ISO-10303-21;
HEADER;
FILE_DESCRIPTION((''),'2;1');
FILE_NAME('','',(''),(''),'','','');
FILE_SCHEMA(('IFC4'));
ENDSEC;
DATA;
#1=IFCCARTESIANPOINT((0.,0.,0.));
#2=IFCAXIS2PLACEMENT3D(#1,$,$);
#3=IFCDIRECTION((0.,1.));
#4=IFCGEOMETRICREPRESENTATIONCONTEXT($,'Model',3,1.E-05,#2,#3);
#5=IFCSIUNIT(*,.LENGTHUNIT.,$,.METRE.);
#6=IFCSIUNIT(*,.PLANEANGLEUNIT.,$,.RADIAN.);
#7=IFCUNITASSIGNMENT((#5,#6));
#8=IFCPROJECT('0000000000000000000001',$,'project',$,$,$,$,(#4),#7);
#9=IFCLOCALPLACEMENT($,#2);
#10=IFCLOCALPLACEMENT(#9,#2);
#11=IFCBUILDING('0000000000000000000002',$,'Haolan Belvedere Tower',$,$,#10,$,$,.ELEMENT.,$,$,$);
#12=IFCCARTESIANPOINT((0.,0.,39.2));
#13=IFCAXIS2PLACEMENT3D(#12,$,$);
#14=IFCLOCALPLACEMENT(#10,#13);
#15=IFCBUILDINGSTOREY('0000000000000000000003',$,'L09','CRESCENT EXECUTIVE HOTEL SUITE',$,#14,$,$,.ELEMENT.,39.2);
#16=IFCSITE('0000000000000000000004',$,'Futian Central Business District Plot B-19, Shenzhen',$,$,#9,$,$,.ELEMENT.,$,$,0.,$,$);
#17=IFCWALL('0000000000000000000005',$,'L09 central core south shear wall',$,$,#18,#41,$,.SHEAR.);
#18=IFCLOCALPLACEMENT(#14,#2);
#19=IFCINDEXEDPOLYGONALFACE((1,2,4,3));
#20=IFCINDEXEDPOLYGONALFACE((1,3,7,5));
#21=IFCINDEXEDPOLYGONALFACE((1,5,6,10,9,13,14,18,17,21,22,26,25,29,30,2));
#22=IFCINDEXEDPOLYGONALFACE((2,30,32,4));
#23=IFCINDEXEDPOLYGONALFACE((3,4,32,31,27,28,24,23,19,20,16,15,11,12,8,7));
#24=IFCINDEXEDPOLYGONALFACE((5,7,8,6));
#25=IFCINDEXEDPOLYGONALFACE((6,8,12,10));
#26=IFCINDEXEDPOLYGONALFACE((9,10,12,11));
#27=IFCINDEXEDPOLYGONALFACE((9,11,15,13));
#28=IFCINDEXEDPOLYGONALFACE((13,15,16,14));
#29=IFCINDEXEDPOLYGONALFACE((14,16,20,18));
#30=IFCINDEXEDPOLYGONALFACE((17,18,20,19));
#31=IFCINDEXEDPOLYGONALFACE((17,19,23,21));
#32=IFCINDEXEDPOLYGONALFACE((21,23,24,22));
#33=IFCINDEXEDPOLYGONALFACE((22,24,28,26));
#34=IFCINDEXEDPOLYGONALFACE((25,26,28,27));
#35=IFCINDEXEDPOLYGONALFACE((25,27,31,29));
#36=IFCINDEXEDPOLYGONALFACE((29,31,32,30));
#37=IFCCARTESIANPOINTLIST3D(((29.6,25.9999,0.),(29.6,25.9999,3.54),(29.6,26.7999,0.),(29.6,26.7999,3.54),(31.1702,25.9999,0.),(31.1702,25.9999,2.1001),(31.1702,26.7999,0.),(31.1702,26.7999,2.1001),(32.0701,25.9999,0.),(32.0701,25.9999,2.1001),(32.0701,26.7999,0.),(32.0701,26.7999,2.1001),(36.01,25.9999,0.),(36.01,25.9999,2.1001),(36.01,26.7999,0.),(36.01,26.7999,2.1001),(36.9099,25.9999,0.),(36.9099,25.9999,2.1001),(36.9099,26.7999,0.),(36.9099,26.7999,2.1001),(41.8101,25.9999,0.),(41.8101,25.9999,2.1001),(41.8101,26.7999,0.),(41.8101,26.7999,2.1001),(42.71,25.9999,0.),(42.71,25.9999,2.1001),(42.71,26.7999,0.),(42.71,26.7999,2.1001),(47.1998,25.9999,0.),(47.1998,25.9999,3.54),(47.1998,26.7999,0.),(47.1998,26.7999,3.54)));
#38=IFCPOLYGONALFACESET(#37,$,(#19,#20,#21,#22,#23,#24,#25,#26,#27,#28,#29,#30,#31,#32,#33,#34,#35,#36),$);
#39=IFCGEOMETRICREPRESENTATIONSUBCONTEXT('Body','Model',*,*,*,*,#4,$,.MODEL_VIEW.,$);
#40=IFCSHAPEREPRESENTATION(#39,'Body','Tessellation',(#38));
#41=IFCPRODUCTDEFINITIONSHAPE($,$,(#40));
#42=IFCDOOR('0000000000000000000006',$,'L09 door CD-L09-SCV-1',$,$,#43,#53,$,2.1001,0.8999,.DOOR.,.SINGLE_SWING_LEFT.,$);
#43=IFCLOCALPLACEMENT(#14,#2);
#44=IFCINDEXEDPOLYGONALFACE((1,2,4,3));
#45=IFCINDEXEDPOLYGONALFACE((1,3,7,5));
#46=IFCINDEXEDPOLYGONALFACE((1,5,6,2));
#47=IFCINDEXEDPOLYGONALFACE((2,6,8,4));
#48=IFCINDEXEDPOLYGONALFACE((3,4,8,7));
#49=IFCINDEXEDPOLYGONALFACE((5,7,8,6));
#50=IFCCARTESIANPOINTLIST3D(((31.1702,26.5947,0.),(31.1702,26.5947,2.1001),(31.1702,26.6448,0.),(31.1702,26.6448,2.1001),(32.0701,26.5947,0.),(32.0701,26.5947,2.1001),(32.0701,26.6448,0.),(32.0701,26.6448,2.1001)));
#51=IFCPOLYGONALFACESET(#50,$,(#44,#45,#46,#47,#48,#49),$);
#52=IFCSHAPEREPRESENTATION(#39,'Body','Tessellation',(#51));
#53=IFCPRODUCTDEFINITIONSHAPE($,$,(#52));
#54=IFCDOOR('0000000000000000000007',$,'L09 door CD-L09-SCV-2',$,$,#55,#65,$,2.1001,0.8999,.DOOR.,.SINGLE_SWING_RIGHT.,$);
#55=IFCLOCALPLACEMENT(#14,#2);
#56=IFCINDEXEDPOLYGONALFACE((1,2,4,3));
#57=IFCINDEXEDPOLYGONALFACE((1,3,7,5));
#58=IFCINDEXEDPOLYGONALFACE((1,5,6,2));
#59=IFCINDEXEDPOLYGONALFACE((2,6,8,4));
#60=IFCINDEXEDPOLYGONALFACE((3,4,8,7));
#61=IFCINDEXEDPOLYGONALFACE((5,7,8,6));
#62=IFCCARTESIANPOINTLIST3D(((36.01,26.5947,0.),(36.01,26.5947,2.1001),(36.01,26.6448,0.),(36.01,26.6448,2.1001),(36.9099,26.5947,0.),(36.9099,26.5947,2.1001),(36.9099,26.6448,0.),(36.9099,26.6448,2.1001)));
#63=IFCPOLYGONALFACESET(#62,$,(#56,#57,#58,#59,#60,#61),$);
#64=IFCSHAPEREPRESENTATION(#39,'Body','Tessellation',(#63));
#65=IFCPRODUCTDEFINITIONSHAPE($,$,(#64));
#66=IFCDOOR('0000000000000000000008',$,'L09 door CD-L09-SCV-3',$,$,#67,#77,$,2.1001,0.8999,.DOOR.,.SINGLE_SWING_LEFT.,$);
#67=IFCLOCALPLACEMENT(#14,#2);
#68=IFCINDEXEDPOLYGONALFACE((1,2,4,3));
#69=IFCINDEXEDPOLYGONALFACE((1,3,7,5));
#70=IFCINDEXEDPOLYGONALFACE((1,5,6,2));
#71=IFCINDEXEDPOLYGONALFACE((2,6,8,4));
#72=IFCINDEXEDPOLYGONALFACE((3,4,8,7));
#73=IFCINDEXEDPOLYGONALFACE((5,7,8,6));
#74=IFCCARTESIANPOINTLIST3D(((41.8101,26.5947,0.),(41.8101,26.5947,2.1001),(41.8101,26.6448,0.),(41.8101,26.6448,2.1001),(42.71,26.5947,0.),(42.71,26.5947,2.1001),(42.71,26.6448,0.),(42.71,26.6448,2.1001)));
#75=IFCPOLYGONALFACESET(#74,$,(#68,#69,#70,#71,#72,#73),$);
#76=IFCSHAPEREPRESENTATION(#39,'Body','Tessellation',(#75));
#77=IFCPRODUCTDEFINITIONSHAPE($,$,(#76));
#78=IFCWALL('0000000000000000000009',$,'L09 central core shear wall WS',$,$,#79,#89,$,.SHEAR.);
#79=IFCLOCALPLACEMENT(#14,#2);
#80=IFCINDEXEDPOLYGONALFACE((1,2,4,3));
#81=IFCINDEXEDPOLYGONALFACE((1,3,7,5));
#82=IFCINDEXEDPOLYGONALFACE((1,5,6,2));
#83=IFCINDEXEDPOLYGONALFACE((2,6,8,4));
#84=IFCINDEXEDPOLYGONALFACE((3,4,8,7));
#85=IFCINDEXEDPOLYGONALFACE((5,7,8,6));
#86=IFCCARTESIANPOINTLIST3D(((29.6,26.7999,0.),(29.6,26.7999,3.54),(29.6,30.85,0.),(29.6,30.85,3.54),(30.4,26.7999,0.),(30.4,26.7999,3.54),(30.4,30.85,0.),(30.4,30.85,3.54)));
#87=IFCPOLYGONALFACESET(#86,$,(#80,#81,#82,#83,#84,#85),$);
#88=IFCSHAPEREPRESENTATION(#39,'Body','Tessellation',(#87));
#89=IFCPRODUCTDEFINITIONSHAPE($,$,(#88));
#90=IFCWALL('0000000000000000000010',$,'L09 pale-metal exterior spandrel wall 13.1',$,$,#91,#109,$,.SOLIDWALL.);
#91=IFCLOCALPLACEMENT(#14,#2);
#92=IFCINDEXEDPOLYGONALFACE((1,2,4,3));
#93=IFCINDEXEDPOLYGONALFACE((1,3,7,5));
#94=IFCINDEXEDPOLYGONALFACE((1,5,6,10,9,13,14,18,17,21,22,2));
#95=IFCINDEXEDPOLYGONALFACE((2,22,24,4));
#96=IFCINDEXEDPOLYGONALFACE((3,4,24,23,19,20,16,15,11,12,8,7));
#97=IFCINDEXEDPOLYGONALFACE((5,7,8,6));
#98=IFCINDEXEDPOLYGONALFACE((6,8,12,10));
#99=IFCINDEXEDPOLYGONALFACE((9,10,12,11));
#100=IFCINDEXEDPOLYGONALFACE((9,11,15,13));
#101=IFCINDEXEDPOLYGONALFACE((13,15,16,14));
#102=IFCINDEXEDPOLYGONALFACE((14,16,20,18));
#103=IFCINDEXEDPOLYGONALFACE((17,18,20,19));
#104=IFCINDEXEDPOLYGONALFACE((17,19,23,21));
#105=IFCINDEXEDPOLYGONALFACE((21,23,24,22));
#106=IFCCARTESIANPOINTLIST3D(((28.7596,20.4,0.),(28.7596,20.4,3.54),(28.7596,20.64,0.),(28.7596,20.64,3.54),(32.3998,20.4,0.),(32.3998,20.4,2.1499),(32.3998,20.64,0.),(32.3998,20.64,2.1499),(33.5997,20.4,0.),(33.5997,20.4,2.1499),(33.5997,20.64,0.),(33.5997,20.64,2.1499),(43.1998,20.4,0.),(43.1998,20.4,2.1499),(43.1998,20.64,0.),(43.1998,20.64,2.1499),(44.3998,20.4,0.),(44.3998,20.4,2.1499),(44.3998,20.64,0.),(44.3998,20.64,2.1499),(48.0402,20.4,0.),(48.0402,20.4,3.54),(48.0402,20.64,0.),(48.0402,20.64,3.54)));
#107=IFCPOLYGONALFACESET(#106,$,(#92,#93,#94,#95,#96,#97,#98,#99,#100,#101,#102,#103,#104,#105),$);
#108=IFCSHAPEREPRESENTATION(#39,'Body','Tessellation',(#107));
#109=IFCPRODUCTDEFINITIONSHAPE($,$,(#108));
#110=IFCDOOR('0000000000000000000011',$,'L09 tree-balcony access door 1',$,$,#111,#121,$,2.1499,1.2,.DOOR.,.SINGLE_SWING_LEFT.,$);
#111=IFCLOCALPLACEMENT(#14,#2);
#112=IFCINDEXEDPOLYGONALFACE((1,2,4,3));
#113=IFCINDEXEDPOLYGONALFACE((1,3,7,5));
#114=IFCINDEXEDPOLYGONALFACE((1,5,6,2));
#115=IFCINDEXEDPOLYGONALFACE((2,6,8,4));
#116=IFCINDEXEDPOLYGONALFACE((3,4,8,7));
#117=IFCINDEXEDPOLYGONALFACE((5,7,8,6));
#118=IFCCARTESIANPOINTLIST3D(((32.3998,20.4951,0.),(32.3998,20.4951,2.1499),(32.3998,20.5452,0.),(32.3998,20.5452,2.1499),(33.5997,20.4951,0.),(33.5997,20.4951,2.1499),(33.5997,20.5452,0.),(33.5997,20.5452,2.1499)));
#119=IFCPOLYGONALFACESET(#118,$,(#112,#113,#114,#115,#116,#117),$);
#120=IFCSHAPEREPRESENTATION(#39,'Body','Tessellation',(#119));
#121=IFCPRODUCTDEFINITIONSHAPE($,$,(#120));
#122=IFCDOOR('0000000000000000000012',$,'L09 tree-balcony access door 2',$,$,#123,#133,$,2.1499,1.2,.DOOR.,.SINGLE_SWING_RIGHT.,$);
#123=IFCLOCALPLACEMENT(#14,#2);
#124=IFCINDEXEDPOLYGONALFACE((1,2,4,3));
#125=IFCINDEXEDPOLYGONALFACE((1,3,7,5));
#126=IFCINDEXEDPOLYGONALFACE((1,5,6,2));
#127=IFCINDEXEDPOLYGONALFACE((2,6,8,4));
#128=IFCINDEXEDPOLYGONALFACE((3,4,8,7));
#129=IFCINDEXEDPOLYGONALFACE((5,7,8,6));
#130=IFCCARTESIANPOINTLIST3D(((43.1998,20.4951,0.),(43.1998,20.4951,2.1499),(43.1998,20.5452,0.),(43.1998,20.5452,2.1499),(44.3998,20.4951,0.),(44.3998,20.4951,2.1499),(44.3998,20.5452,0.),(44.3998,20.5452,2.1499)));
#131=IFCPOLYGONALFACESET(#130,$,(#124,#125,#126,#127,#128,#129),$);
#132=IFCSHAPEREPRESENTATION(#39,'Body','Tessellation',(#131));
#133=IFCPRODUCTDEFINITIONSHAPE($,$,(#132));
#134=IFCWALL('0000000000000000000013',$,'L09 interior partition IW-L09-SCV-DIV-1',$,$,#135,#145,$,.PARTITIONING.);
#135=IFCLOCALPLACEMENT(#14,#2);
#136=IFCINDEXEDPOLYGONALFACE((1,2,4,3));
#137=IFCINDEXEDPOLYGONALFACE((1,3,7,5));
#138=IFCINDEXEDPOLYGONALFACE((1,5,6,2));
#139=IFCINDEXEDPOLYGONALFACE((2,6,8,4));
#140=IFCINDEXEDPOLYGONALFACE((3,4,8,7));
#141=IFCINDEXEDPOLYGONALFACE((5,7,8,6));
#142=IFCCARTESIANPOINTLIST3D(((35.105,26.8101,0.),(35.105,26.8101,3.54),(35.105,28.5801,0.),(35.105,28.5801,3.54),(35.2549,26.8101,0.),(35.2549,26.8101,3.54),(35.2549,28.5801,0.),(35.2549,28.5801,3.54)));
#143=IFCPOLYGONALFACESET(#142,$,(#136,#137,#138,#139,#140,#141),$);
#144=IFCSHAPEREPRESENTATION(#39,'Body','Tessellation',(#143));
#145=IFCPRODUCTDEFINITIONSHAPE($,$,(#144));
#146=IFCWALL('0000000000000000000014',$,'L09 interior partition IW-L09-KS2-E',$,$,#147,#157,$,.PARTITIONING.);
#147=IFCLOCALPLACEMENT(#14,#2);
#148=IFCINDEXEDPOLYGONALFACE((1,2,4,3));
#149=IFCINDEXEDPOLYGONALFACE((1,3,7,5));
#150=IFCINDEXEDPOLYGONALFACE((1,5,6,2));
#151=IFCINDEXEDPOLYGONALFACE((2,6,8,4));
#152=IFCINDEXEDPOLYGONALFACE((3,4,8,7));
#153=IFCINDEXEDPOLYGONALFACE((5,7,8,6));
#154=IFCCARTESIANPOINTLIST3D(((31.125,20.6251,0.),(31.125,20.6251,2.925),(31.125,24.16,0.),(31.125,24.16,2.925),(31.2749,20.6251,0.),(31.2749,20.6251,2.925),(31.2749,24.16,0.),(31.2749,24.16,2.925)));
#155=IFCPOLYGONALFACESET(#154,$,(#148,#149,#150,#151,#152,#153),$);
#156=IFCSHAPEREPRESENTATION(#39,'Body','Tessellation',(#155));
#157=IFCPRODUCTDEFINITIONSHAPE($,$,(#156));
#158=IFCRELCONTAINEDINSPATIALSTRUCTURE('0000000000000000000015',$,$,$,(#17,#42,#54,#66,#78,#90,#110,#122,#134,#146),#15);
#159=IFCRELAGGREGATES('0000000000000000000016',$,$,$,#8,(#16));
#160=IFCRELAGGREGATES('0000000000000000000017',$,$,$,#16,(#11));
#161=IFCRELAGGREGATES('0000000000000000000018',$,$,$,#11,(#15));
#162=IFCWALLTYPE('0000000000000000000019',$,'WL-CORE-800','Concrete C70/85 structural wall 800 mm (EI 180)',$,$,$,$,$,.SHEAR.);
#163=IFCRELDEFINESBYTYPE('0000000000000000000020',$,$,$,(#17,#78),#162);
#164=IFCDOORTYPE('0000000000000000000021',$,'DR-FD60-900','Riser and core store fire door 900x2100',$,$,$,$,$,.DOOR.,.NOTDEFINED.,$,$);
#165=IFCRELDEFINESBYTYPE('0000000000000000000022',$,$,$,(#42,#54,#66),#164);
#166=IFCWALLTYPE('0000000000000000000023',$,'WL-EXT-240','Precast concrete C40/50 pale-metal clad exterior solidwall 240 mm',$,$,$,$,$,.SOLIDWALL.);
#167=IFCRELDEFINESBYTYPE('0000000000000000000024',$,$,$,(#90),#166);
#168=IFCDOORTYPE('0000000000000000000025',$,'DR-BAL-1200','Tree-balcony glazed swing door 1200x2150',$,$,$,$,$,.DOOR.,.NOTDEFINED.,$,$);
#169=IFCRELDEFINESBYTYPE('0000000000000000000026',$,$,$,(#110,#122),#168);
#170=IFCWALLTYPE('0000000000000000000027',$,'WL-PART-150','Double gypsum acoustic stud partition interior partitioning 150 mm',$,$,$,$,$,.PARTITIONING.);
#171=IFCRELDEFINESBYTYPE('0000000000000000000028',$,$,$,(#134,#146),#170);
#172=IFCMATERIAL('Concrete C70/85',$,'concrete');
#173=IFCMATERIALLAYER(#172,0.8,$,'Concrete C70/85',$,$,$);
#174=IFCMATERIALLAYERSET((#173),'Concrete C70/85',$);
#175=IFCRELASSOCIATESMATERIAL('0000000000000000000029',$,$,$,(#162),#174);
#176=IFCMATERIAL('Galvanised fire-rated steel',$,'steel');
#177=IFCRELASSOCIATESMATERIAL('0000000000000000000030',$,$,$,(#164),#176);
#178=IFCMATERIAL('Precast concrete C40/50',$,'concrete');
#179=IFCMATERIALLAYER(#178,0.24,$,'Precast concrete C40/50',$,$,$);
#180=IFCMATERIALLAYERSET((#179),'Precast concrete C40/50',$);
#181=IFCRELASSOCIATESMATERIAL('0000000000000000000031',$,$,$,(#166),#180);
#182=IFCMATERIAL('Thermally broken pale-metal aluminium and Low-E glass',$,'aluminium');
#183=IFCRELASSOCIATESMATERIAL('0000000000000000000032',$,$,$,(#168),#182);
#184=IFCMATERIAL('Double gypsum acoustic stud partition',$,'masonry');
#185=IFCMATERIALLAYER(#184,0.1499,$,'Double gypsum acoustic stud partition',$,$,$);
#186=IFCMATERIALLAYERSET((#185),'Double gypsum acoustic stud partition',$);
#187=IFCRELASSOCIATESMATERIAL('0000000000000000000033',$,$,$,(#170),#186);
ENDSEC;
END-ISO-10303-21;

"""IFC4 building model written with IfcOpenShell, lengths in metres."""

from ifc_helpers import new_model, si_unit, direction, frame, frame_2d, origin, place, context, subcontext, project, spatial, rectangle, extrude, material, layer, layer_set, type_object, element, fill, save


model = new_model("IFC4")

# Units and contexts
model_context = context("Model", 3, precision=1e-05, world=origin(), true_north=direction((0.0, 1.0)))
body_context = subcontext(model_context, "Body", "Model", "MODEL_VIEW")
ifc_project = project(units=[si_unit("LENGTHUNIT", "METRE"), si_unit("PLANEANGLEUNIT", "RADIAN")], contexts=[model_context])

# Site, building, storey
site_placement = place(None, origin())
site = spatial("IfcSite", under=ifc_project, at=site_placement, Name="Futian Central Business District Plot B-19, Shenzhen", CompositionType="ELEMENT", RefElevation=0.0)
building_placement = place(site_placement, origin())
building = spatial("IfcBuilding", under=site, at=building_placement, Name="Haolan Belvedere Tower", CompositionType="ELEMENT")
storey_placement = place(building_placement, frame((0.0, 0.0, 39.2)))
storey = spatial("IfcBuildingStorey", under=building, at=storey_placement, Name="L09", Description="CRESCENT EXECUTIVE HOTEL SUITE", CompositionType="ELEMENT", Elevation=39.2)

# Wall, openings, doors
ifc_material_1 = material(Name="Concrete C70/85", Category="concrete")
ifc_layer_1 = layer(ifc_material_1, 0.8, Name="Concrete C70/85")
ifc_layer_set_1 = layer_set([ifc_layer_1], Name="Concrete C70/85")
wall_type_1 = type_object("IfcWallType", Name="WL-CORE-800", Description="Concrete C70/85 structural wall 800 mm (EI 180)", PredefinedType="SHEAR", material=ifc_layer_set_1)
wall_1_placement = place(storey_placement, frame((29.6001, 26.3999, 0.0), z_axis=(0.0, 0.0, 1.0), x_axis=(1.0, 0.0, 0.0)))
wall_1 = element("IfcWall", 1, at=wall_1_placement, inside=storey, type_object=wall_type_1, Name="L09 central core south shear wall", PredefinedType="SHEAR", context=body_context, shape_type="SweptSolid", body=[
    extrude(rectangle(XDim=17.5999, YDim=0.8, at=frame_2d((8.7998, 0.0))), origin(), (0.0, 0.0, 1.0), 3.54),
])
opening_1_placement = place(wall_1_placement, frame((2.47, 0.0, 0.0), z_axis=(0.0, 0.0, 1.0), x_axis=(-1.0, 0.0, 0.0)))
opening_1 = element("IfcOpeningElement", 2, at=opening_1_placement, cuts=wall_1, PredefinedType="OPENING", context=body_context, shape_type="SweptSolid", body=[
    extrude(rectangle(XDim=0.8999, YDim=2.1001, at=frame_2d((0.45, 1.05))), frame((0.0, 0.4099, 0.0), z_axis=(0.0, -1.0, 0.0), x_axis=(1.0, 0.0, 0.0)), (0.0, 0.0, 1.0), 0.8201),
])
opening_2_placement = place(wall_1_placement, frame((7.3098, 0.0, 0.0), z_axis=(0.0, 0.0, 1.0), x_axis=(-1.0, 0.0, 0.0)))
opening_2 = element("IfcOpeningElement", 3, at=opening_2_placement, cuts=wall_1, PredefinedType="OPENING", context=body_context, shape_type="SweptSolid", body=[
    extrude(rectangle(XDim=0.8999, YDim=2.1001, at=frame_2d((0.45, 1.05))), frame((0.0, 0.4099, 0.0), z_axis=(0.0, -1.0, 0.0), x_axis=(1.0, 0.0, 0.0)), (0.0, 0.0, 1.0), 0.8201),
])
opening_3_placement = place(wall_1_placement, frame((13.1099, 0.0, 0.0), z_axis=(0.0, 0.0, 1.0), x_axis=(-1.0, 0.0, 0.0)))
opening_3 = element("IfcOpeningElement", 4, at=opening_3_placement, cuts=wall_1, PredefinedType="OPENING", context=body_context, shape_type="SweptSolid", body=[
    extrude(rectangle(XDim=0.8999, YDim=2.1001, at=frame_2d((0.45, 1.05))), frame((0.0, 0.4099, 0.0), z_axis=(0.0, -1.0, 0.0), x_axis=(1.0, 0.0, 0.0)), (0.0, 0.0, 1.0), 0.8201),
])
ifc_material_2 = material(Name="Galvanised fire-rated steel", Category="steel")
door_type_1 = type_object("IfcDoorType", Name="DR-FD60-900", Description="Riser and core store fire door 900x2100", OperationType="NOTDEFINED", PredefinedType="DOOR", material=ifc_material_2)
door_1_placement = place(opening_1_placement, origin())
door_1 = element("IfcDoor", 5, at=door_1_placement, inside=storey, type_object=door_type_1, Name="L09 door CD-L09-SCV-1", OperationType="SINGLE_SWING_LEFT", OverallHeight=2.1001, OverallWidth=0.8999, PredefinedType="DOOR", context=body_context, shape_type="SweptSolid", body=[
    extrude(rectangle(XDim=0.8999, YDim=2.1001, at=frame_2d((0.45, 1.05))), frame((0.0, -0.1948, 0.0), z_axis=(0.0, -1.0, 0.0), x_axis=(1.0, 0.0, 0.0)), (0.0, 0.0, 1.0), 0.05),
])
fill(opening_1, door_1)
door_2_placement = place(opening_2_placement, origin())
door_2 = element("IfcDoor", 6, at=door_2_placement, inside=storey, type_object=door_type_1, Name="L09 door CD-L09-SCV-2", OperationType="SINGLE_SWING_RIGHT", OverallHeight=2.1001, OverallWidth=0.8999, PredefinedType="DOOR", context=body_context, shape_type="SweptSolid", body=[
    extrude(rectangle(XDim=0.8999, YDim=2.1001, at=frame_2d((0.45, 1.05))), frame((0.0, -0.1948, 0.0), z_axis=(0.0, -1.0, 0.0), x_axis=(1.0, 0.0, 0.0)), (0.0, 0.0, 1.0), 0.05),
])
fill(opening_2, door_2)
door_3_placement = place(opening_3_placement, origin())
door_3 = element("IfcDoor", 7, at=door_3_placement, inside=storey, type_object=door_type_1, Name="L09 door CD-L09-SCV-3", OperationType="SINGLE_SWING_LEFT", OverallHeight=2.1001, OverallWidth=0.8999, PredefinedType="DOOR", context=body_context, shape_type="SweptSolid", body=[
    extrude(rectangle(XDim=0.8999, YDim=2.1001, at=frame_2d((0.45, 1.05))), frame((0.0, -0.1948, 0.0), z_axis=(0.0, -1.0, 0.0), x_axis=(1.0, 0.0, 0.0)), (0.0, 0.0, 1.0), 0.05),
])
fill(opening_3, door_3)

# Wall
wall_2_placement = place(storey_placement, frame((30.0, 26.8, 0.0), z_axis=(0.0, 0.0, 1.0), x_axis=(0.0, 1.0, 0.0)))
element("IfcWall", 8, at=wall_2_placement, inside=storey, type_object=wall_type_1, Name="L09 central core shear wall WS", PredefinedType="SHEAR", context=body_context, shape_type="SweptSolid", body=[
    extrude(rectangle(XDim=4.05, YDim=0.8, at=frame_2d((2.0249, 0.0))), origin(), (0.0, 0.0, 1.0), 3.54),
])

# Wall, openings, doors
ifc_material_3 = material(Name="Precast concrete C40/50", Category="concrete")
ifc_layer_2 = layer(ifc_material_3, 0.24, Name="Precast concrete C40/50")
ifc_layer_set_2 = layer_set([ifc_layer_2], Name="Precast concrete C40/50")
wall_type_2 = type_object("IfcWallType", Name="WL-EXT-240", Description="Precast concrete C40/50 pale-metal clad exterior solidwall 240 mm", PredefinedType="SOLIDWALL", material=ifc_layer_set_2)
wall_3_placement = place(storey_placement, frame((28.7598, 20.52, 0.0), z_axis=(0.0, 0.0, 1.0), x_axis=(1.0, 0.0, 0.0)))
wall_3 = element("IfcWall", 9, at=wall_3_placement, inside=storey, type_object=wall_type_2, Name="L09 pale-metal exterior spandrel wall 13.1", PredefinedType="SOLIDWALL", context=body_context, shape_type="SweptSolid", body=[
    extrude(rectangle(XDim=19.2805, YDim=0.24, at=frame_2d((9.6401, 0.0))), origin(), (0.0, 0.0, 1.0), 3.54),
])
opening_4_placement = place(wall_3_placement, frame((4.8401, 0.0, 0.0), z_axis=(0.0, 0.0, 1.0), x_axis=(-1.0, 0.0, 0.0)))
opening_4 = element("IfcOpeningElement", 10, at=opening_4_placement, cuts=wall_3, PredefinedType="OPENING", context=body_context, shape_type="SweptSolid", body=[
    extrude(rectangle(XDim=1.2, YDim=2.1499, at=frame_2d((0.6001, 1.075))), frame((0.0, 0.1299, 0.0), z_axis=(0.0, -1.0, 0.0), x_axis=(1.0, 0.0, 0.0)), (0.0, 0.0, 1.0), 0.26),
])
opening_5_placement = place(wall_3_placement, frame((15.6401, 0.0, 0.0), z_axis=(0.0, 0.0, 1.0), x_axis=(-1.0, 0.0, 0.0)))
opening_5 = element("IfcOpeningElement", 11, at=opening_5_placement, cuts=wall_3, PredefinedType="OPENING", context=body_context, shape_type="SweptSolid", body=[
    extrude(rectangle(XDim=1.2, YDim=2.1499, at=frame_2d((0.6001, 1.075))), frame((0.0, 0.1299, 0.0), z_axis=(0.0, -1.0, 0.0), x_axis=(1.0, 0.0, 0.0)), (0.0, 0.0, 1.0), 0.26),
])
ifc_material_4 = material(Name="Thermally broken pale-metal aluminium and Low-E glass", Category="aluminium")
door_type_2 = type_object("IfcDoorType", Name="DR-BAL-1200", Description="Tree-balcony glazed swing door 1200x2150", OperationType="NOTDEFINED", PredefinedType="DOOR", material=ifc_material_4)
door_4_placement = place(opening_4_placement, origin())
door_4 = element("IfcDoor", 12, at=door_4_placement, inside=storey, type_object=door_type_2, Name="L09 tree-balcony access door 1", OperationType="SINGLE_SWING_LEFT", OverallHeight=2.1499, OverallWidth=1.2, PredefinedType="DOOR", context=body_context, shape_type="SweptSolid", body=[
    extrude(rectangle(XDim=1.2, YDim=2.1499, at=frame_2d((0.6001, 1.075))), frame((0.0, 0.0249, 0.0), z_axis=(0.0, -1.0, 0.0), x_axis=(1.0, 0.0, 0.0)), (0.0, 0.0, 1.0), 0.05),
])
fill(opening_4, door_4)
door_5_placement = place(opening_5_placement, origin())
door_5 = element("IfcDoor", 13, at=door_5_placement, inside=storey, type_object=door_type_2, Name="L09 tree-balcony access door 2", OperationType="SINGLE_SWING_RIGHT", OverallHeight=2.1499, OverallWidth=1.2, PredefinedType="DOOR", context=body_context, shape_type="SweptSolid", body=[
    extrude(rectangle(XDim=1.2, YDim=2.1499, at=frame_2d((0.6001, 1.075))), frame((0.0, 0.0249, 0.0), z_axis=(0.0, -1.0, 0.0), x_axis=(1.0, 0.0, 0.0)), (0.0, 0.0, 1.0), 0.05),
])
fill(opening_5, door_5)

# Walls
ifc_material_5 = material(Name="Double gypsum acoustic stud partition", Category="masonry")
ifc_layer_3 = layer(ifc_material_5, 0.1499, Name="Double gypsum acoustic stud partition")
ifc_layer_set_3 = layer_set([ifc_layer_3], Name="Double gypsum acoustic stud partition")
wall_type_3 = type_object("IfcWallType", Name="WL-PART-150", Description="Double gypsum acoustic stud partition interior partitioning 150 mm", PredefinedType="PARTITIONING", material=ifc_layer_set_3)
wall_4_placement = place(storey_placement, frame((35.1799, 26.8101, 0.0), z_axis=(0.0, 0.0, 1.0), x_axis=(0.0, 1.0, 0.0)))
element("IfcWall", 14, at=wall_4_placement, inside=storey, type_object=wall_type_3, Name="L09 interior partition IW-L09-SCV-DIV-1", PredefinedType="PARTITIONING", context=body_context, shape_type="SweptSolid", body=[
    extrude(rectangle(XDim=1.77, YDim=0.1499, at=frame_2d((0.885, 0.0))), origin(), (0.0, 0.0, 1.0), 3.54),
])
wall_5_placement = place(storey_placement, frame((31.2, 20.625, 0.0), z_axis=(0.0, 0.0, 1.0), x_axis=(0.0, 1.0, 0.0)))
element("IfcWall", 15, at=wall_5_placement, inside=storey, type_object=wall_type_3, Name="L09 interior partition IW-L09-KS2-E", PredefinedType="PARTITIONING", context=body_context, shape_type="SweptSolid", body=[
    extrude(rectangle(XDim=3.5349, YDim=0.1499, at=frame_2d((1.7676, 0.0))), origin(), (0.0, 0.0, 1.0), 2.925),
])

save(model, "model.ifc")
